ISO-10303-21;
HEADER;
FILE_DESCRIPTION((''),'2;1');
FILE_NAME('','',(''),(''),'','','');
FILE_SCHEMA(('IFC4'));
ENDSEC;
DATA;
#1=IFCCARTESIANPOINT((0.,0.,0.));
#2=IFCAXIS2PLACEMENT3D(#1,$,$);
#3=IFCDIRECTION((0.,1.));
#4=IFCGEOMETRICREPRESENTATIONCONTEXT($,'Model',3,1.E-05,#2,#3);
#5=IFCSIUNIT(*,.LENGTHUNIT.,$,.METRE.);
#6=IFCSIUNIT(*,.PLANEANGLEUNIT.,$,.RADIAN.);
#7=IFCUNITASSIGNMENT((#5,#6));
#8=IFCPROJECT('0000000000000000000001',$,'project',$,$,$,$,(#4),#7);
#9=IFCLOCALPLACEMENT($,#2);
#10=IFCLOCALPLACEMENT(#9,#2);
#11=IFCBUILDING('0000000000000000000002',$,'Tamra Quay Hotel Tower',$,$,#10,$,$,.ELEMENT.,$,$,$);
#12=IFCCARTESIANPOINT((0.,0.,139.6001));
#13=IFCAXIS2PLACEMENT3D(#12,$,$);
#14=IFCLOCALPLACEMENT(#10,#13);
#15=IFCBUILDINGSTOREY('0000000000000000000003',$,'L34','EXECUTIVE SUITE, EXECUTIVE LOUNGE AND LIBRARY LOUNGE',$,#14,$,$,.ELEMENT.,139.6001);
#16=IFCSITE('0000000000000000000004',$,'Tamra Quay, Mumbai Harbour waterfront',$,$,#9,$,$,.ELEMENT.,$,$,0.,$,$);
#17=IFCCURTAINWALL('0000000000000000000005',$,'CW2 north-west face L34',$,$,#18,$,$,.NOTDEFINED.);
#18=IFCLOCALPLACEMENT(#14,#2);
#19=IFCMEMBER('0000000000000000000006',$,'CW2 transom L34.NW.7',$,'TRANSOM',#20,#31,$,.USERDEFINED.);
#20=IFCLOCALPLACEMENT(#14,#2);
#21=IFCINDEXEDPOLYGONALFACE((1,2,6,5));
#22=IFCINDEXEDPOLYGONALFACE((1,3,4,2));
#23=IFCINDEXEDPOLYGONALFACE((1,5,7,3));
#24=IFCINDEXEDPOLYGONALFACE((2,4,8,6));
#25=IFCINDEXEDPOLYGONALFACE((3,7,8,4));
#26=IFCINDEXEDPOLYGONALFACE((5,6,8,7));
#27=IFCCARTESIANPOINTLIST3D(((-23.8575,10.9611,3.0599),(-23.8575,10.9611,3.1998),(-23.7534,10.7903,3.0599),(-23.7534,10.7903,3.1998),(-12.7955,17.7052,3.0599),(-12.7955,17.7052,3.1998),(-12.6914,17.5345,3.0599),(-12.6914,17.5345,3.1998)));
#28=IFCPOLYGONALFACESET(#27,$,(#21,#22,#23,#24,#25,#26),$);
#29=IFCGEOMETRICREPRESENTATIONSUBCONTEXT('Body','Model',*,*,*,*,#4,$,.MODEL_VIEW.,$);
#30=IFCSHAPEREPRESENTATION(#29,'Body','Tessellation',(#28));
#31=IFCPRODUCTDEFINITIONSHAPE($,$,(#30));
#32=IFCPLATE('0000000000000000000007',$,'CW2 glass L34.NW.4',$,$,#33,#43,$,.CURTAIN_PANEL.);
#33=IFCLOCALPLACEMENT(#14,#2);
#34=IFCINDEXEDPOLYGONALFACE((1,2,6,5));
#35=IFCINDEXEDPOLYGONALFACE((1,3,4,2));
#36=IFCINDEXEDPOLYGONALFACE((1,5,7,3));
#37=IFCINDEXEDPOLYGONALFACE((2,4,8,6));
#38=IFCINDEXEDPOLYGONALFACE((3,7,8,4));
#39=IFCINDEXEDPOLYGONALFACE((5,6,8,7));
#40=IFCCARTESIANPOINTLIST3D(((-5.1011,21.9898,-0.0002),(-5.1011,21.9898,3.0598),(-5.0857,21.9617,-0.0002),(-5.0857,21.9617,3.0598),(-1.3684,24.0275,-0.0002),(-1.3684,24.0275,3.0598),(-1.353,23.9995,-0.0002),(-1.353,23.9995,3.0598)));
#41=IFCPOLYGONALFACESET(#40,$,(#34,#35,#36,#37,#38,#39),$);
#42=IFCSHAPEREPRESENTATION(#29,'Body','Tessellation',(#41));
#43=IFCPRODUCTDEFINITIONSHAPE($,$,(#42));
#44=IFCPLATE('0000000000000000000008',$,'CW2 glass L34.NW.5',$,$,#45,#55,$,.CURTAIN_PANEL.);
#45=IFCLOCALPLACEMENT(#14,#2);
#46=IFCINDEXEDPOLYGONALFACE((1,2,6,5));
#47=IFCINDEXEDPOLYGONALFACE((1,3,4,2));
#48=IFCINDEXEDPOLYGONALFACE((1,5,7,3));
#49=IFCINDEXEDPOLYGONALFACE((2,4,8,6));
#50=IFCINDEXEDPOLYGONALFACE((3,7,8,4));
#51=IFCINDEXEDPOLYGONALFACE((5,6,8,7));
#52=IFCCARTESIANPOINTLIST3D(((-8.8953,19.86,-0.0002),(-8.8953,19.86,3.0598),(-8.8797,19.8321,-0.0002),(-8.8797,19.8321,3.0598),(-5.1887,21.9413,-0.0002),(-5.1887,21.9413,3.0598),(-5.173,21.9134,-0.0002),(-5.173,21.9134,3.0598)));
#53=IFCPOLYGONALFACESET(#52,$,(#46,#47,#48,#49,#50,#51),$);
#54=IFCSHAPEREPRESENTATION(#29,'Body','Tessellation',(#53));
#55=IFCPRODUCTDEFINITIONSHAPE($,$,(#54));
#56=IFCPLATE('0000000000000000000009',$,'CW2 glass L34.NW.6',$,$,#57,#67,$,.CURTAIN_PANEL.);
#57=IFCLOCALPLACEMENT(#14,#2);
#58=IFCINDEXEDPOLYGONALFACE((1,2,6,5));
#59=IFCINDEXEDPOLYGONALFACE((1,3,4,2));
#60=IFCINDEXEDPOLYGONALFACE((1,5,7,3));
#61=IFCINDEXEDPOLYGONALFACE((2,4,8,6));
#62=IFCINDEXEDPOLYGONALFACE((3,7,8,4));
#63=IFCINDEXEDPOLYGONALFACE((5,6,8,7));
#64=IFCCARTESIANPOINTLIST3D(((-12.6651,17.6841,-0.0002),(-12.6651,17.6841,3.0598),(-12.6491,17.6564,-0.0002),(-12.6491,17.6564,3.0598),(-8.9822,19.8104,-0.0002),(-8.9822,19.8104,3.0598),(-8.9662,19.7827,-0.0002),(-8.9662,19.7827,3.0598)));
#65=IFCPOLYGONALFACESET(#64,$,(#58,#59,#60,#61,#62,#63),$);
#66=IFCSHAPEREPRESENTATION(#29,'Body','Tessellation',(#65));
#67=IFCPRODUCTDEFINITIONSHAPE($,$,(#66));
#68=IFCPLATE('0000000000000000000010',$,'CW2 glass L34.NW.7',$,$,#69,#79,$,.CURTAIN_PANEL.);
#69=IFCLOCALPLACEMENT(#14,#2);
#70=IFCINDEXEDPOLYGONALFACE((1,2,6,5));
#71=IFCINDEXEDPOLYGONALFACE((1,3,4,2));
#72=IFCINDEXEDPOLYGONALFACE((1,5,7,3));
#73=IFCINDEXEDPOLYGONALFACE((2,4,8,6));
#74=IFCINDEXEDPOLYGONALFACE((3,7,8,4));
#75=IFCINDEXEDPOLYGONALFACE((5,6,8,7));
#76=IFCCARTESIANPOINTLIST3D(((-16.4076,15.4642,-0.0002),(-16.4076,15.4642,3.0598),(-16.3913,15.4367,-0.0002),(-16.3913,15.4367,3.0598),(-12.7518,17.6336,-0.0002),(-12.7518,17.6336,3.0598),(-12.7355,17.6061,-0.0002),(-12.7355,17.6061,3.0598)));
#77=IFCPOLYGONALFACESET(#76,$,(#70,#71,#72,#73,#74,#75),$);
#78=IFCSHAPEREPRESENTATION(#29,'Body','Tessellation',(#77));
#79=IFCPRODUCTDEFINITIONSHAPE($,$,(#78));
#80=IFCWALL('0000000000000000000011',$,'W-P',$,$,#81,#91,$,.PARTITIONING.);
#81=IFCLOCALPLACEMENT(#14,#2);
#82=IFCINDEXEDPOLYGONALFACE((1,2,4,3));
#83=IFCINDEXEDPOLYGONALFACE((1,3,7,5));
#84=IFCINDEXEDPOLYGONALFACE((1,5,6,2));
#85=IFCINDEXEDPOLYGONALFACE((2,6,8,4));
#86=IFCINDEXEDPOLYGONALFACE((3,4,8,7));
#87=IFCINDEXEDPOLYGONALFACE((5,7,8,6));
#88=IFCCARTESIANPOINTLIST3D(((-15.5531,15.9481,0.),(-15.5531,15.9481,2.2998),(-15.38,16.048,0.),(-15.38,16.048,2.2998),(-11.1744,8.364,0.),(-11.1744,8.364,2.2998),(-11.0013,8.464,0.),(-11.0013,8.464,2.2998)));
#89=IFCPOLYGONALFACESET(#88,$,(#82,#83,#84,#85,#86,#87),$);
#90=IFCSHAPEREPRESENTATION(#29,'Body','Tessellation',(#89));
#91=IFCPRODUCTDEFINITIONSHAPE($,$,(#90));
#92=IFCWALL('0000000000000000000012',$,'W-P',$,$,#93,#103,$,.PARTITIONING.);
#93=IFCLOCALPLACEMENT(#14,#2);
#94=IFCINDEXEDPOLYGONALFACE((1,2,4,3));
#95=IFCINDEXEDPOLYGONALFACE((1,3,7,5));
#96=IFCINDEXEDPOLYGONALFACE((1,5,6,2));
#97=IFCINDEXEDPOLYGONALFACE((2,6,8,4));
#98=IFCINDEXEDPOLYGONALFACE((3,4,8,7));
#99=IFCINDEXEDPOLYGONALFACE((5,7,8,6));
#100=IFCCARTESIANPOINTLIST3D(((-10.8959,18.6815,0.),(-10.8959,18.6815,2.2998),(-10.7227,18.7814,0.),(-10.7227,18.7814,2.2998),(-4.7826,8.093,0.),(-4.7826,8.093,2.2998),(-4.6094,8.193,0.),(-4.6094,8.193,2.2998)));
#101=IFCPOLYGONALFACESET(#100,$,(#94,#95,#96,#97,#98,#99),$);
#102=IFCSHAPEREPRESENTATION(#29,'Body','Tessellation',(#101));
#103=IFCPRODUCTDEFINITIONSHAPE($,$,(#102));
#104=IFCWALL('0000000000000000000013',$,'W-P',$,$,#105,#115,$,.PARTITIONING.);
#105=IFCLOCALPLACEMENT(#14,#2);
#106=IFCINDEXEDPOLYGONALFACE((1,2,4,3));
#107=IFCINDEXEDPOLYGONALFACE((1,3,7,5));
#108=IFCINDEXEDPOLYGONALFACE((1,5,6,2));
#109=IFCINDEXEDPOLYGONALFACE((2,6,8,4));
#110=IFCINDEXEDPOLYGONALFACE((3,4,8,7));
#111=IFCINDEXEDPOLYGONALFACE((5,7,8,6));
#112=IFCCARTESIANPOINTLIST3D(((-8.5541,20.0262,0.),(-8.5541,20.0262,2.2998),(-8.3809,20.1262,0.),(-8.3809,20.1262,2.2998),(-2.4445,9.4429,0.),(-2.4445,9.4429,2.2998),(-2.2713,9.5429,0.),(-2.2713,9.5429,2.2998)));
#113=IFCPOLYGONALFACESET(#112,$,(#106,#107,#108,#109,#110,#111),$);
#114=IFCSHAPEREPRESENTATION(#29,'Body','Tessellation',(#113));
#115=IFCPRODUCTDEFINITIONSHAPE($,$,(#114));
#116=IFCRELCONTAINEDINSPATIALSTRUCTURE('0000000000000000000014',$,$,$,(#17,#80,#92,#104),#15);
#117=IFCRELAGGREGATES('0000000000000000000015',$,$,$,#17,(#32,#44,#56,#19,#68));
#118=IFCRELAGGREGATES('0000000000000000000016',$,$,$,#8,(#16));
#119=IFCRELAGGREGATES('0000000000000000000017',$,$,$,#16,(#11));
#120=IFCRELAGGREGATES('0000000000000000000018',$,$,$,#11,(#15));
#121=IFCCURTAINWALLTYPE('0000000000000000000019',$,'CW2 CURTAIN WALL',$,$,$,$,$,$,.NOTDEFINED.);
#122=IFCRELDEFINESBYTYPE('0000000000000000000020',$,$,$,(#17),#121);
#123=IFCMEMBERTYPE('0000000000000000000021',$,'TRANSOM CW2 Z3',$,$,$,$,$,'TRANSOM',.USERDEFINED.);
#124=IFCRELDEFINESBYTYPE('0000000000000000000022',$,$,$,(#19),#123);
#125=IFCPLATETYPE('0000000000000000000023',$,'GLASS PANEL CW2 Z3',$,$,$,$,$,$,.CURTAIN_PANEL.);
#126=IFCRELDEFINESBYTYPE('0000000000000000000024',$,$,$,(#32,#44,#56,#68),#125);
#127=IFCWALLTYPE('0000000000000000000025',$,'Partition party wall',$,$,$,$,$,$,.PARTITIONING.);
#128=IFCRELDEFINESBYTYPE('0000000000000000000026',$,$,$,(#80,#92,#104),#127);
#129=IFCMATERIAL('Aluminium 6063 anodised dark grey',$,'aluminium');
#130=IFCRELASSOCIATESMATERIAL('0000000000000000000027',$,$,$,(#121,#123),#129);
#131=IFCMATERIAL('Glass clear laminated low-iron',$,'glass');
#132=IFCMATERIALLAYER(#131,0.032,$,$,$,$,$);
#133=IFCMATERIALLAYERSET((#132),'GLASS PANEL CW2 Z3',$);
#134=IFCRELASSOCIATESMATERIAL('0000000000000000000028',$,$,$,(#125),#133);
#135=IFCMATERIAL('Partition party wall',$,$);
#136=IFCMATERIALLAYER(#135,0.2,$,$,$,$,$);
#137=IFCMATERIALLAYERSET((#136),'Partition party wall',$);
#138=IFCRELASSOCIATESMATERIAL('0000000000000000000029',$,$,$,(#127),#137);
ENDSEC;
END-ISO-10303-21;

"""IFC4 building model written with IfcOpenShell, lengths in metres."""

from ifc_helpers import new_model, si_unit, direction, frame, frame_2d, origin, origin_2d, place, context, subcontext, project, spatial, rectangle, extrude, material, layer, layer_set, material_profile, profile_set, type_object, element, aggregate, save


model = new_model("IFC4")

# Units and contexts
model_context = context("Model", 3, precision=1e-05, world=origin(), true_north=direction((0.0, 1.0)))
body_context = subcontext(model_context, "Body", "Model", "MODEL_VIEW")
ifc_project = project(units=[si_unit("LENGTHUNIT", "METRE"), si_unit("PLANEANGLEUNIT", "RADIAN")], contexts=[model_context])

# Site, building, storey
site_placement = place(None, origin())
site = spatial("IfcSite", under=ifc_project, at=site_placement, Name="Tamra Quay, Mumbai Harbour waterfront", CompositionType="ELEMENT", RefElevation=0.0)
building_placement = place(site_placement, origin())
building = spatial("IfcBuilding", under=site, at=building_placement, Name="Tamra Quay Hotel Tower", CompositionType="ELEMENT")
storey_placement = place(building_placement, frame((0.0, 0.0, 139.6001)))
storey = spatial("IfcBuildingStorey", under=building, at=storey_placement, Name="L34", Description="EXECUTIVE SUITE, EXECUTIVE LOUNGE AND LIBRARY LOUNGE", CompositionType="ELEMENT", Elevation=139.6001)

# Curtain wall
ifc_material_1 = material(Name="Aluminium 6063 anodised dark grey", Category="aluminium")
curtain_wall_type = type_object("IfcCurtainWallType", Name="CW2 CURTAIN WALL", PredefinedType="NOTDEFINED", material=ifc_material_1)
curtain_wall_placement = place(storey_placement, origin())
curtain_wall = element("IfcCurtainWall", 1, at=curtain_wall_placement, inside=storey, type_object=curtain_wall_type, Name="CW2 north-west face L34", PredefinedType="NOTDEFINED")

# Member
ifc_material_profile_1 = material_profile(ifc_material_1, rectangle(XDim=0.2, YDim=0.1399, at=origin_2d()), Name="TRANSOM 200X140")
ifc_profile_set_1 = profile_set([ifc_material_profile_1], Name="Aluminium 6063 anodised dark grey")
member_type_1 = type_object("IfcMemberType", Name="TRANSOM CW2 Z3", ElementType="TRANSOM", PredefinedType="USERDEFINED", material=ifc_profile_set_1)
member_1_placement = place(storey_placement, frame((-12.7434, 17.6199, 3.1299), z_axis=(-0.85383, -0.520552, 0.0), x_axis=(0.520552, -0.85383, 0.0)))
member_1 = element("IfcMember", 2, at=member_1_placement, type_object=member_type_1, Name="CW2 transom L34.NW.7", ObjectType="TRANSOM", PredefinedType="USERDEFINED", context=body_context, shape_type="SweptSolid", body=[
    extrude(rectangle(XDim=0.2, YDim=0.1399, at=origin_2d()), origin(), (0.0, 0.0, 1.0), 12.9558),
])

# Plates
ifc_material_2 = material(Name="Glass clear laminated low-iron", Category="glass")
ifc_layer_1 = layer(ifc_material_2, 0.032)
ifc_layer_set_1 = layer_set([ifc_layer_1], Name="GLASS PANEL CW2 Z3")
plate_type = type_object("IfcPlateType", Name="GLASS PANEL CW2 Z3", PredefinedType="CURTAIN_PANEL", material=ifc_layer_set_1)
plate_1_placement = place(storey_placement, frame((-3.2271, 22.9946, -0.0002), z_axis=(0.0, 0.0, 1.0), x_axis=(-0.877726, -0.479163, 0.0)))
plate_1 = element("IfcPlate", 3, at=plate_1_placement, type_object=plate_type, Name="CW2 glass L34.NW.4", PredefinedType="CURTAIN_PANEL", context=body_context, shape_type="SweptSolid", body=[
    extrude(rectangle(XDim=4.2527, YDim=0.032, at=origin_2d()), origin(), (0.0, 0.0, 1.0), 3.0601),
])
plate_2_placement = place(storey_placement, frame((-7.0342, 20.8867, -0.0002), z_axis=(0.0, 0.0, 1.0), x_axis=(-0.871942, -0.489609, 0.0)))
plate_2 = element("IfcPlate", 4, at=plate_2_placement, type_object=plate_type, Name="CW2 glass L34.NW.5", PredefinedType="CURTAIN_PANEL", context=body_context, shape_type="SweptSolid", body=[
    extrude(rectangle(XDim=4.251, YDim=0.032, at=origin_2d()), origin(), (0.0, 0.0, 1.0), 3.0601),
])
plate_3_placement = place(storey_placement, frame((-10.8157, 18.7334, -0.0002), z_axis=(0.0, 0.0, 1.0), x_axis=(-0.866025, -0.5, 0.0)))
plate_3 = element("IfcPlate", 5, at=plate_3_placement, type_object=plate_type, Name="CW2 glass L34.NW.6", PredefinedType="CURTAIN_PANEL", context=body_context, shape_type="SweptSolid", body=[
    extrude(rectangle(XDim=4.2527, YDim=0.032, at=origin_2d()), origin(), (0.0, 0.0, 1.0), 3.0601),
])
plate_4_placement = place(storey_placement, frame((-14.5715, 16.5352, -0.0002), z_axis=(0.0, 0.0, 1.0), x_axis=(-0.859985, -0.510319, 0.0)))
plate_4 = element("IfcPlate", 6, at=plate_4_placement, type_object=plate_type, Name="CW2 glass L34.NW.7", PredefinedType="CURTAIN_PANEL", context=body_context, shape_type="SweptSolid", body=[
    extrude(rectangle(XDim=4.251, YDim=0.032, at=origin_2d()), origin(), (0.0, 0.0, 1.0), 3.0601),
])
aggregate(curtain_wall, [plate_1, plate_2, plate_3, member_1, plate_4])

# Walls
ifc_material_3 = material(Name="Partition party wall")
ifc_layer_2 = layer(ifc_material_3, 0.2)
ifc_layer_set_2 = layer_set([ifc_layer_2], Name="Partition party wall")
wall_type = type_object("IfcWallType", Name="Partition party wall", PredefinedType="PARTITIONING", material=ifc_layer_set_2)
wall_1_placement = place(storey_placement, frame((-15.4666, 15.998, 0.0), z_axis=(0.0, 0.0, 1.0), x_axis=(0.500004, -0.866023, 0.0)))
element("IfcWall", 7, at=wall_1_placement, inside=storey, type_object=wall_type, Name="W-P", PredefinedType="PARTITIONING", context=body_context, shape_type="SweptSolid", body=[
    extrude(rectangle(XDim=8.7573, YDim=0.2, at=frame_2d((4.3787, 0.0))), origin(), (0.0, 0.0, 1.0), 2.2998),
])
wall_2_placement = place(storey_placement, frame((-10.8093, 18.7314, 0.0), z_axis=(0.0, 0.0, 1.0), x_axis=(0.500005, -0.866023, 0.0)))
element("IfcWall", 8, at=wall_2_placement, inside=storey, type_object=wall_type, Name="W-P", PredefinedType="PARTITIONING", context=body_context, shape_type="SweptSolid", body=[
    extrude(rectangle(XDim=12.2266, YDim=0.2, at=frame_2d((6.1133, 0.0))), origin(), (0.0, 0.0, 1.0), 2.2998),
])
wall_3_placement = place(storey_placement, frame((-8.4675, 20.0762, 0.0), z_axis=(0.0, 0.0, 1.0), x_axis=(0.499962, -0.866048, 0.0)))
element("IfcWall", 9, at=wall_3_placement, inside=storey, type_object=wall_type, Name="W-P", PredefinedType="PARTITIONING", context=body_context, shape_type="SweptSolid", body=[
    extrude(rectangle(XDim=12.2202, YDim=0.2, at=frame_2d((6.1101, 0.0))), origin(), (0.0, 0.0, 1.0), 2.2998),
])

save(model, "model.ifc")
